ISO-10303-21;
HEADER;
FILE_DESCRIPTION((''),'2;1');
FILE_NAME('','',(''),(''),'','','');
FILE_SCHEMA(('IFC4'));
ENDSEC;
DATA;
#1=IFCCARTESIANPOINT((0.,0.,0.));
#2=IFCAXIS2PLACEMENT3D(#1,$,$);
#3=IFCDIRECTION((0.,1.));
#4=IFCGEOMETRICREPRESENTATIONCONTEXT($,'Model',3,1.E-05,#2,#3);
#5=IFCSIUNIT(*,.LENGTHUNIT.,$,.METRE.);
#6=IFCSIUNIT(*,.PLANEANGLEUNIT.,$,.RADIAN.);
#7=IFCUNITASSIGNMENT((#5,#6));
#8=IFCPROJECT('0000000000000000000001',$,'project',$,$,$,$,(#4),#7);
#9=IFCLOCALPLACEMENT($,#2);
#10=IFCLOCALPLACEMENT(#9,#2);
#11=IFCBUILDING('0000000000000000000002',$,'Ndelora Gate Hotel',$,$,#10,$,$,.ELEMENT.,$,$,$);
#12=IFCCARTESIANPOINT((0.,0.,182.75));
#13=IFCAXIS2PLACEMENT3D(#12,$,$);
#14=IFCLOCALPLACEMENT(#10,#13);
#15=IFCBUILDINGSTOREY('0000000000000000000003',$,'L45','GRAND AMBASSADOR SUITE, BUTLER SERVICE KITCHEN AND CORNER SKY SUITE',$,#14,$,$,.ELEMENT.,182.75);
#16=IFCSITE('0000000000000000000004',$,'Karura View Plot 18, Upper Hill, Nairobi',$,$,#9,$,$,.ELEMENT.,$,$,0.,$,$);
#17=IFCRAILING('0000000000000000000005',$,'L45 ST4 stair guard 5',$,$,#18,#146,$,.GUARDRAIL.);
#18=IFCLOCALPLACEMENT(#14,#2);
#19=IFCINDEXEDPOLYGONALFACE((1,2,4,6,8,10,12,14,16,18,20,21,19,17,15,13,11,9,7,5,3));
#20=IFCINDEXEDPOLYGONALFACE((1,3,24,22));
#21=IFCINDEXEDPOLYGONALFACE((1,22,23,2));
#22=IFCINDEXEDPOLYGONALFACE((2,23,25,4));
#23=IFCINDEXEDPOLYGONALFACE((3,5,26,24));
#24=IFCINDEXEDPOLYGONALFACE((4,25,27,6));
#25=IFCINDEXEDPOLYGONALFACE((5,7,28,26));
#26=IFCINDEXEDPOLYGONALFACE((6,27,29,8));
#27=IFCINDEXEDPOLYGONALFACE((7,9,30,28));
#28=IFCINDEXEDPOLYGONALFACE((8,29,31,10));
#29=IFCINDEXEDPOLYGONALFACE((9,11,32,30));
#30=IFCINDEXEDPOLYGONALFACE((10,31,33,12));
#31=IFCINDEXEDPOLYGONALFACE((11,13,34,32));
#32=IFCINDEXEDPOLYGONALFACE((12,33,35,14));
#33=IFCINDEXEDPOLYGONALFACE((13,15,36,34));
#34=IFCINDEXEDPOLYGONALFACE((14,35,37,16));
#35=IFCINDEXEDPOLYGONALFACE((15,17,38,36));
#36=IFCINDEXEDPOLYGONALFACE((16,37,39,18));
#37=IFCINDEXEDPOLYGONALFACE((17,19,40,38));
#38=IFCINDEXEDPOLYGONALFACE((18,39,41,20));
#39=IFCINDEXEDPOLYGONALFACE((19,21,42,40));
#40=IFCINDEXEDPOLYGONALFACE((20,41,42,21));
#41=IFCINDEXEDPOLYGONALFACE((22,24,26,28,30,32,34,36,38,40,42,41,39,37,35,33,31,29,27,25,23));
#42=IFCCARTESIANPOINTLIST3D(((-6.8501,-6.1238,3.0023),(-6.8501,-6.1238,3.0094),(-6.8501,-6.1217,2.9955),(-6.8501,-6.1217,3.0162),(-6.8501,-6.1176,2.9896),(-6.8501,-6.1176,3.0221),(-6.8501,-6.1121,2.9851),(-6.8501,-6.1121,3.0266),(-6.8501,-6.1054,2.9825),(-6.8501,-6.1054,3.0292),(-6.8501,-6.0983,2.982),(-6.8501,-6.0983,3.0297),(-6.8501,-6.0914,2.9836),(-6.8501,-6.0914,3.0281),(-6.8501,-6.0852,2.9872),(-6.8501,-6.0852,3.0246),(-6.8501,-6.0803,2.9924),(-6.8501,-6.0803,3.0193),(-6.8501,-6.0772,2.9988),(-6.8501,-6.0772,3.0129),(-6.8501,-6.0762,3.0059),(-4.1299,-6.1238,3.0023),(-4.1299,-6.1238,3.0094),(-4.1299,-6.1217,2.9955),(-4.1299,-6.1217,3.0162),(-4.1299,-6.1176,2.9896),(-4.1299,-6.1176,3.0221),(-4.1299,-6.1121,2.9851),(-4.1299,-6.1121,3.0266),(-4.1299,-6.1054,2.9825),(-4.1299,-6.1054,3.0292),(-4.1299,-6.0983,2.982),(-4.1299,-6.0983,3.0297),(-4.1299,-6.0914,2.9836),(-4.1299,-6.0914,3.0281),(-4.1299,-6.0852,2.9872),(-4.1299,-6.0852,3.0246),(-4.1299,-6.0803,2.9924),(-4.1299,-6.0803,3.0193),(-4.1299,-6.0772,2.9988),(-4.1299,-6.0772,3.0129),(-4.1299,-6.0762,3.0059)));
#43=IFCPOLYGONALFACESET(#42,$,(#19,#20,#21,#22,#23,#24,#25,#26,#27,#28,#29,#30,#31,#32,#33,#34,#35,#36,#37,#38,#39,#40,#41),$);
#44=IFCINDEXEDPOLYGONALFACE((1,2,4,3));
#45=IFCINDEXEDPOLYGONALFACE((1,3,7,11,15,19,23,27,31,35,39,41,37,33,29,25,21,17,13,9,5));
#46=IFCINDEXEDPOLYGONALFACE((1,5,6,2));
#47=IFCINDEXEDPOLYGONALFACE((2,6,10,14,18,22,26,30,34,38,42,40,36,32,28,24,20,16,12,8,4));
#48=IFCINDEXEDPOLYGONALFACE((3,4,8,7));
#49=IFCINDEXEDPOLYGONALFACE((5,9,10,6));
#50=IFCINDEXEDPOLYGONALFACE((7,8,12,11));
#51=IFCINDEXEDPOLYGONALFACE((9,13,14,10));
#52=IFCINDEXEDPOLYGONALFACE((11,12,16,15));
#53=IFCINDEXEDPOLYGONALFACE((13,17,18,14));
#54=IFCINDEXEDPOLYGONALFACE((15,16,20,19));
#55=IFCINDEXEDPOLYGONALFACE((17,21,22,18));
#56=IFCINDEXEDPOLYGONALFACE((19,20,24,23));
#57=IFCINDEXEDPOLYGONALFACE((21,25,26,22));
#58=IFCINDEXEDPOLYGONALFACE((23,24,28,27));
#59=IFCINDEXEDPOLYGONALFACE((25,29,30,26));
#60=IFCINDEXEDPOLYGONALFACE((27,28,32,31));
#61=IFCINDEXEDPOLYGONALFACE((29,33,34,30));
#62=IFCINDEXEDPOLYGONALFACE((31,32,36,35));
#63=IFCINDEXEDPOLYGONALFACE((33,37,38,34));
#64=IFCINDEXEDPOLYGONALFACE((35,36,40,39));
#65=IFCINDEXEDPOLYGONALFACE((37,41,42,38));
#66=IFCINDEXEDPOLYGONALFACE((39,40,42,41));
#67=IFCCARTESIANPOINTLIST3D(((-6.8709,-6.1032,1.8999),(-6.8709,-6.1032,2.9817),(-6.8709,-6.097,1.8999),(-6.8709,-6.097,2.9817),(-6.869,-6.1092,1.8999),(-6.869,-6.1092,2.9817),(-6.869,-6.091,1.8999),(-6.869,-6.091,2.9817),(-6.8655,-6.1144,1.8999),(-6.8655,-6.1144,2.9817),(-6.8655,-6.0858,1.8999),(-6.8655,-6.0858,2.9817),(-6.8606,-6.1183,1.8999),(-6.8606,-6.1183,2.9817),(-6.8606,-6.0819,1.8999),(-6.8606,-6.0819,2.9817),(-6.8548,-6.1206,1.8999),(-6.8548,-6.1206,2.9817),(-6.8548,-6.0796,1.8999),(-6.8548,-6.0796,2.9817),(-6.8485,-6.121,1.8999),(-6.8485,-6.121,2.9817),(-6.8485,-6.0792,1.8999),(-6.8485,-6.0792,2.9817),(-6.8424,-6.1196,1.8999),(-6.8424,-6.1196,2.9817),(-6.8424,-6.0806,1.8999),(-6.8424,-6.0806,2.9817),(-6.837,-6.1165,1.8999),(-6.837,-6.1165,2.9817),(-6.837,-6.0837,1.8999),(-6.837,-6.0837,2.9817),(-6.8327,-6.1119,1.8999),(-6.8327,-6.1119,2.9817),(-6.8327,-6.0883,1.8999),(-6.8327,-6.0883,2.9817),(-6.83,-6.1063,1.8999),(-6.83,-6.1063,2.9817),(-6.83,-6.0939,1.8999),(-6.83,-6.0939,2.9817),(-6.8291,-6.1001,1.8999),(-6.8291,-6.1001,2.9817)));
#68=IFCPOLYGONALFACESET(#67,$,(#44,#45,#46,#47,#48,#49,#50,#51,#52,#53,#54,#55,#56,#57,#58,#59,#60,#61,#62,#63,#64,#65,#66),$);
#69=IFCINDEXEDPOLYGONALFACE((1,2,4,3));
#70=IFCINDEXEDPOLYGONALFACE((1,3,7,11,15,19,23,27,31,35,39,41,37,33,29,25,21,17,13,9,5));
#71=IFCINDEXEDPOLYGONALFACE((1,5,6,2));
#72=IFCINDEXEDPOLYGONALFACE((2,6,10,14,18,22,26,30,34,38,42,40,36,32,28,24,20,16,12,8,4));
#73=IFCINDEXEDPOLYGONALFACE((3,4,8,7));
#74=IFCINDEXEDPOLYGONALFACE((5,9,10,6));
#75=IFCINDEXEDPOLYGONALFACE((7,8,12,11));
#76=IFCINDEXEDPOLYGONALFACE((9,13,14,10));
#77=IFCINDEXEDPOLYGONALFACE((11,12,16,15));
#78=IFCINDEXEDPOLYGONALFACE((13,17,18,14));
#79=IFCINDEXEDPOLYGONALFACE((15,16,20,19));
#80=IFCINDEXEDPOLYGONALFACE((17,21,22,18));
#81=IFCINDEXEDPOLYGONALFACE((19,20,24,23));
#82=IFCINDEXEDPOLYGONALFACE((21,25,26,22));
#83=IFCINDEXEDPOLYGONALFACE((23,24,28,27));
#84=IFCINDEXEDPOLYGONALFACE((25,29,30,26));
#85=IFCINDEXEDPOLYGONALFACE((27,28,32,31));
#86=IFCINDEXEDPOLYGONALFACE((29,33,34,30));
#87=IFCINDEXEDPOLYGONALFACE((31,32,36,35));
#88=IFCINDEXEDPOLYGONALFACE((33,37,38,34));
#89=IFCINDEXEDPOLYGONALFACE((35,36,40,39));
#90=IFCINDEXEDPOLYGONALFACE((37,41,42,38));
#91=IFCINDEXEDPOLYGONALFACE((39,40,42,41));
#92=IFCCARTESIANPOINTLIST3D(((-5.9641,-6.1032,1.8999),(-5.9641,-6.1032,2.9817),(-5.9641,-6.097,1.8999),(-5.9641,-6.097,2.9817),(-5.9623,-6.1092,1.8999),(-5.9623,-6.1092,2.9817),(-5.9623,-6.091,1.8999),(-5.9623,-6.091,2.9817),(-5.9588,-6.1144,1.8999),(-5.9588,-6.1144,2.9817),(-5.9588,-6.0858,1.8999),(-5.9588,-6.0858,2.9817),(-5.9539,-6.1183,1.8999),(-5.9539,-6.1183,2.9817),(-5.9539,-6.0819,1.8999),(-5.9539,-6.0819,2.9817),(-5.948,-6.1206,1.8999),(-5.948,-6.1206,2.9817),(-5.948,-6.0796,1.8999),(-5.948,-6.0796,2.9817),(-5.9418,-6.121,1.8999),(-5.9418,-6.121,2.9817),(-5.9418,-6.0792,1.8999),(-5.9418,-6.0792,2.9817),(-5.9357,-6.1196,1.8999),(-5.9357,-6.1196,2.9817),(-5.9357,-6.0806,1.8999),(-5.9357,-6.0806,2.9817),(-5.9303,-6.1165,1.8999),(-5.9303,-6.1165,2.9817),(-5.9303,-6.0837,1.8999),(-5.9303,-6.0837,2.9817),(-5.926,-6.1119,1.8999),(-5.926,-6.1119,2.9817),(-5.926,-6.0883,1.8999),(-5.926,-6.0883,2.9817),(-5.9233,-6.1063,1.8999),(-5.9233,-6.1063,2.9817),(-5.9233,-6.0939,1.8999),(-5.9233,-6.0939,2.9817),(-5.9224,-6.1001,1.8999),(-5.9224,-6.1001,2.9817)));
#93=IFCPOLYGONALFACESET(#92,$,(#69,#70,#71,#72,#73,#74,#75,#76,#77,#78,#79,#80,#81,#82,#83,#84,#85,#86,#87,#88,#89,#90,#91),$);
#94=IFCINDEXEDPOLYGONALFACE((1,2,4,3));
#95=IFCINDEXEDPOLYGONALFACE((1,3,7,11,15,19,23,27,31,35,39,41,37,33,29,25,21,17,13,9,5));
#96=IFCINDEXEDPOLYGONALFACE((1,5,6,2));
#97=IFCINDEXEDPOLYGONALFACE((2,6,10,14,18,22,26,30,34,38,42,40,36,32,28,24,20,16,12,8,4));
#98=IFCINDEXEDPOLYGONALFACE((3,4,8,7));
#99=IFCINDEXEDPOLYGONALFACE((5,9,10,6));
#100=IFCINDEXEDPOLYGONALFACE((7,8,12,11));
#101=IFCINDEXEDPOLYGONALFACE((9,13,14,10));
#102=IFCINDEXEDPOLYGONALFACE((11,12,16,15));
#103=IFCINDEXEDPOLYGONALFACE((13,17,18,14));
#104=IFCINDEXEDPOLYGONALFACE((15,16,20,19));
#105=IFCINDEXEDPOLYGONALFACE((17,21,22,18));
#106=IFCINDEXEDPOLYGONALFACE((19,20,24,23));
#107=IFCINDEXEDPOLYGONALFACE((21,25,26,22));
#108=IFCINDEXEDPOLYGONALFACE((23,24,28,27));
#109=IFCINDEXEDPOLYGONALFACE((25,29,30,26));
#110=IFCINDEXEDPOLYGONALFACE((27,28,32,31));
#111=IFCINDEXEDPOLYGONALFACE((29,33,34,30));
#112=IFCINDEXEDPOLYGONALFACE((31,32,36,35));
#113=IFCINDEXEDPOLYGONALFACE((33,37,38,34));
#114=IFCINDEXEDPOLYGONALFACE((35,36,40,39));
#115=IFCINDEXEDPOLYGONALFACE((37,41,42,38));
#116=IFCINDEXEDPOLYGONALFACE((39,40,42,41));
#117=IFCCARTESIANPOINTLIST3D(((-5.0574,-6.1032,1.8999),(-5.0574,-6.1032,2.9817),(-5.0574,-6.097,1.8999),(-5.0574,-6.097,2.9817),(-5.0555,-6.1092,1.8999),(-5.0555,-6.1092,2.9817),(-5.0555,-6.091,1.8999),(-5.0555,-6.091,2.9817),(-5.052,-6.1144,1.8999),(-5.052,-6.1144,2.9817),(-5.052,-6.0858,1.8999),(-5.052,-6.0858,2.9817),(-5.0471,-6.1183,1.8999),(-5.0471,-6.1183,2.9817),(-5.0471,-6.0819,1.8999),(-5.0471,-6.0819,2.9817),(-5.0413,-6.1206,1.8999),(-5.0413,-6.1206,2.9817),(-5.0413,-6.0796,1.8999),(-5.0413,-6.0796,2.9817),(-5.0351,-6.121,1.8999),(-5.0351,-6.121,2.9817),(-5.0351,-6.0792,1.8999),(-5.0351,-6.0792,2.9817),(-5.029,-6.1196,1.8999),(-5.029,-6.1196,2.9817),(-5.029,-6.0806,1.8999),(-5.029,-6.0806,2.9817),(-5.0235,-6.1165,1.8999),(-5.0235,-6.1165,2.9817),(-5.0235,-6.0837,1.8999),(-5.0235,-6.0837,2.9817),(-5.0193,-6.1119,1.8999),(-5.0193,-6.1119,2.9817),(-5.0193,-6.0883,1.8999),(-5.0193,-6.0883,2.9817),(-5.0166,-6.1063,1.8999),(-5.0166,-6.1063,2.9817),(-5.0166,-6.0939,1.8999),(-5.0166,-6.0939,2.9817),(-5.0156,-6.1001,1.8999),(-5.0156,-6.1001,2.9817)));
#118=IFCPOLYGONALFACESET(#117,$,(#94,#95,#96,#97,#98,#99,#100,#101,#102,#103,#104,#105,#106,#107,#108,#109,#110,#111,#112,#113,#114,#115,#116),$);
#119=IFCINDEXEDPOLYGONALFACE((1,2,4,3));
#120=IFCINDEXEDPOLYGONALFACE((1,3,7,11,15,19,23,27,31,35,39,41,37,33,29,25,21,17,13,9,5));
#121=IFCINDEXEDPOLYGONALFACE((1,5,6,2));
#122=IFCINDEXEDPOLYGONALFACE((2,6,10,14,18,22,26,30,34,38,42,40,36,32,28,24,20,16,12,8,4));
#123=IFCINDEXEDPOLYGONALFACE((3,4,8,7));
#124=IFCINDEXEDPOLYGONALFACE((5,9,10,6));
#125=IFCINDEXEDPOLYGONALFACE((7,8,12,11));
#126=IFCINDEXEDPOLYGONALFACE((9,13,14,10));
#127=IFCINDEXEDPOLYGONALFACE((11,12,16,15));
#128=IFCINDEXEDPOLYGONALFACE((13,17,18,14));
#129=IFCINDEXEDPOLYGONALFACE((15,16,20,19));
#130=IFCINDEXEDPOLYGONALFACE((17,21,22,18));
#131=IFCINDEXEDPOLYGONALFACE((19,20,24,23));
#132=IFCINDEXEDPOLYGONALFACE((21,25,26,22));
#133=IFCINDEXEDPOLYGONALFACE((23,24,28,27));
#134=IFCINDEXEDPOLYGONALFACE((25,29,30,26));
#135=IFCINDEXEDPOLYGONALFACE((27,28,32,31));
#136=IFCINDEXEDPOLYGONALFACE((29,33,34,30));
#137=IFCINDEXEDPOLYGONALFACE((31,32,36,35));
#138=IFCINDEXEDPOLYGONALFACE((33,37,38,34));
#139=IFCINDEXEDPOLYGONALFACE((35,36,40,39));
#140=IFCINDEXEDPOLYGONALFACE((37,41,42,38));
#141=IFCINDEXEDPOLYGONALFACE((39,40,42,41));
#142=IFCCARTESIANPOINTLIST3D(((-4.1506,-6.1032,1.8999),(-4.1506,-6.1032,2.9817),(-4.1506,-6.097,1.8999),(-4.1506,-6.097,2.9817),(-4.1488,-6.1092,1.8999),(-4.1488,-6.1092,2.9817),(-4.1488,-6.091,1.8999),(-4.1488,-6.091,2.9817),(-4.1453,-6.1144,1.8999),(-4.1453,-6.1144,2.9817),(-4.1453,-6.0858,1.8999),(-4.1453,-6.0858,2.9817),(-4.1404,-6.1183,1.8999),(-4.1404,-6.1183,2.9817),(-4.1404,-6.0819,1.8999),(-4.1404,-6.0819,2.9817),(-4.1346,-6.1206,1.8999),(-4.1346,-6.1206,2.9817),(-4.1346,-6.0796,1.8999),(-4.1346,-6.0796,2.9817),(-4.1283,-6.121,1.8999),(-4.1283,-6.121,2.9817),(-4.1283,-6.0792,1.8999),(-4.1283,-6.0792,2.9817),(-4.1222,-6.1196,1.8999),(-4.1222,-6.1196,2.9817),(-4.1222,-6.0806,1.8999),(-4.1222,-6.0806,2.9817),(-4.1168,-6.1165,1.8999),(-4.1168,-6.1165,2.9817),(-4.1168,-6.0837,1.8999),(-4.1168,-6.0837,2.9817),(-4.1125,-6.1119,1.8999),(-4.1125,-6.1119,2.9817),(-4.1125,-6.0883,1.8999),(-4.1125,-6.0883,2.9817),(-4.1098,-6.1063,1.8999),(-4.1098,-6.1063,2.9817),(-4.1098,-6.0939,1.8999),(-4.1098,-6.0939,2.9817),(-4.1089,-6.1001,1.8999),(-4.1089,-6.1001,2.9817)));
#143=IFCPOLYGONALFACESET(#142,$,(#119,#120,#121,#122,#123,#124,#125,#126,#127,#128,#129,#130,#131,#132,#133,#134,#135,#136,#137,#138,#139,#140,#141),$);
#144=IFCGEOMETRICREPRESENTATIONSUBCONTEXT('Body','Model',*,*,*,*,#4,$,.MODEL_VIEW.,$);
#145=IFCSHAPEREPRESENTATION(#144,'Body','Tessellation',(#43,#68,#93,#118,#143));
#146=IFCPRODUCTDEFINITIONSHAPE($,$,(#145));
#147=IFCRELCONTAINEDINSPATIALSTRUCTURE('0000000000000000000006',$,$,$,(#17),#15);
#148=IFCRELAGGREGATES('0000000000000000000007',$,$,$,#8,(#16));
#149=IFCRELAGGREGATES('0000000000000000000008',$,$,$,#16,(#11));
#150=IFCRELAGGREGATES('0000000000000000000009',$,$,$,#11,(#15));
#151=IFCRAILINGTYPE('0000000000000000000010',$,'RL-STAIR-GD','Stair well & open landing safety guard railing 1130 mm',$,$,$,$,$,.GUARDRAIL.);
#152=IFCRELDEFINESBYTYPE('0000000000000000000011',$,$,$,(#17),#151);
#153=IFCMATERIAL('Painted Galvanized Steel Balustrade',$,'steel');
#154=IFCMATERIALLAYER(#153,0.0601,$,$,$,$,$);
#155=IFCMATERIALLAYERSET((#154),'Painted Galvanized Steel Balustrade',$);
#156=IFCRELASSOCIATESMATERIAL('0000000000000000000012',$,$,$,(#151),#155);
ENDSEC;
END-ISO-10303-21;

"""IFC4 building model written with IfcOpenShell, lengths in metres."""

from ifc_helpers import new_model, si_unit, direction, frame, origin, origin_2d, place, context, subcontext, project, spatial, circle, extrude, material, layer, layer_set, type_object, element, save


model = new_model("IFC4")

# Units and contexts
model_context = context("Model", 3, precision=1e-05, world=origin(), true_north=direction((0.0, 1.0)))
body_context = subcontext(model_context, "Body", "Model", "MODEL_VIEW")
ifc_project = project(units=[si_unit("LENGTHUNIT", "METRE"), si_unit("PLANEANGLEUNIT", "RADIAN")], contexts=[model_context])

# Site, building, storey
site_placement = place(None, origin())
site = spatial("IfcSite", under=ifc_project, at=site_placement, Name="Karura View Plot 18, Upper Hill, Nairobi", CompositionType="ELEMENT", RefElevation=0.0)
building_placement = place(site_placement, origin())
building = spatial("IfcBuilding", under=site, at=building_placement, Name="Ndelora Gate Hotel", CompositionType="ELEMENT")
storey_placement = place(building_placement, frame((0.0, 0.0, 182.75)))
storey = spatial("IfcBuildingStorey", under=building, at=storey_placement, Name="L45", Description="GRAND AMBASSADOR SUITE, BUTLER SERVICE KITCHEN AND CORNER SKY SUITE", CompositionType="ELEMENT", Elevation=182.75)

# Railing
ifc_material_1 = material(Name="Painted Galvanized Steel Balustrade", Category="steel")
ifc_layer_1 = layer(ifc_material_1, 0.0601)
ifc_layer_set_1 = layer_set([ifc_layer_1], Name="Painted Galvanized Steel Balustrade")
railing_type_1 = type_object("IfcRailingType", Name="RL-STAIR-GD", Description="Stair well & open landing safety guard railing 1130 mm", PredefinedType="GUARDRAIL", material=ifc_layer_set_1)
railing_1_placement = place(storey_placement, frame((-6.8501, -6.1001, 1.8999)))
element("IfcRailing", 1, at=railing_1_placement, inside=storey, type_object=railing_type_1, Name="L45 ST4 stair guard 5", PredefinedType="GUARDRAIL", context=body_context, shape_type="SweptSolid", body=[
    extrude(circle(Radius=0.0239, at=origin_2d()), frame((0.0, 0.0, 1.106), z_axis=(1.0, 0.0, 0.0), x_axis=(0.0, 1.0, 0.0)), (0.0, 0.0, 1.0), 2.7202),
    extrude(circle(Radius=0.021, at=origin_2d()), origin(), (0.0, 0.0, 1.0), 1.0818),
    extrude(circle(Radius=0.021, at=origin_2d()), frame((0.9067, 0.0, 0.0)), (0.0, 0.0, 1.0), 1.0818),
    extrude(circle(Radius=0.021, at=origin_2d()), frame((1.8135, 0.0, 0.0)), (0.0, 0.0, 1.0), 1.0818),
    extrude(circle(Radius=0.021, at=origin_2d()), frame((2.7202, 0.0, 0.0)), (0.0, 0.0, 1.0), 1.0818),
])

save(model, "model.ifc")
